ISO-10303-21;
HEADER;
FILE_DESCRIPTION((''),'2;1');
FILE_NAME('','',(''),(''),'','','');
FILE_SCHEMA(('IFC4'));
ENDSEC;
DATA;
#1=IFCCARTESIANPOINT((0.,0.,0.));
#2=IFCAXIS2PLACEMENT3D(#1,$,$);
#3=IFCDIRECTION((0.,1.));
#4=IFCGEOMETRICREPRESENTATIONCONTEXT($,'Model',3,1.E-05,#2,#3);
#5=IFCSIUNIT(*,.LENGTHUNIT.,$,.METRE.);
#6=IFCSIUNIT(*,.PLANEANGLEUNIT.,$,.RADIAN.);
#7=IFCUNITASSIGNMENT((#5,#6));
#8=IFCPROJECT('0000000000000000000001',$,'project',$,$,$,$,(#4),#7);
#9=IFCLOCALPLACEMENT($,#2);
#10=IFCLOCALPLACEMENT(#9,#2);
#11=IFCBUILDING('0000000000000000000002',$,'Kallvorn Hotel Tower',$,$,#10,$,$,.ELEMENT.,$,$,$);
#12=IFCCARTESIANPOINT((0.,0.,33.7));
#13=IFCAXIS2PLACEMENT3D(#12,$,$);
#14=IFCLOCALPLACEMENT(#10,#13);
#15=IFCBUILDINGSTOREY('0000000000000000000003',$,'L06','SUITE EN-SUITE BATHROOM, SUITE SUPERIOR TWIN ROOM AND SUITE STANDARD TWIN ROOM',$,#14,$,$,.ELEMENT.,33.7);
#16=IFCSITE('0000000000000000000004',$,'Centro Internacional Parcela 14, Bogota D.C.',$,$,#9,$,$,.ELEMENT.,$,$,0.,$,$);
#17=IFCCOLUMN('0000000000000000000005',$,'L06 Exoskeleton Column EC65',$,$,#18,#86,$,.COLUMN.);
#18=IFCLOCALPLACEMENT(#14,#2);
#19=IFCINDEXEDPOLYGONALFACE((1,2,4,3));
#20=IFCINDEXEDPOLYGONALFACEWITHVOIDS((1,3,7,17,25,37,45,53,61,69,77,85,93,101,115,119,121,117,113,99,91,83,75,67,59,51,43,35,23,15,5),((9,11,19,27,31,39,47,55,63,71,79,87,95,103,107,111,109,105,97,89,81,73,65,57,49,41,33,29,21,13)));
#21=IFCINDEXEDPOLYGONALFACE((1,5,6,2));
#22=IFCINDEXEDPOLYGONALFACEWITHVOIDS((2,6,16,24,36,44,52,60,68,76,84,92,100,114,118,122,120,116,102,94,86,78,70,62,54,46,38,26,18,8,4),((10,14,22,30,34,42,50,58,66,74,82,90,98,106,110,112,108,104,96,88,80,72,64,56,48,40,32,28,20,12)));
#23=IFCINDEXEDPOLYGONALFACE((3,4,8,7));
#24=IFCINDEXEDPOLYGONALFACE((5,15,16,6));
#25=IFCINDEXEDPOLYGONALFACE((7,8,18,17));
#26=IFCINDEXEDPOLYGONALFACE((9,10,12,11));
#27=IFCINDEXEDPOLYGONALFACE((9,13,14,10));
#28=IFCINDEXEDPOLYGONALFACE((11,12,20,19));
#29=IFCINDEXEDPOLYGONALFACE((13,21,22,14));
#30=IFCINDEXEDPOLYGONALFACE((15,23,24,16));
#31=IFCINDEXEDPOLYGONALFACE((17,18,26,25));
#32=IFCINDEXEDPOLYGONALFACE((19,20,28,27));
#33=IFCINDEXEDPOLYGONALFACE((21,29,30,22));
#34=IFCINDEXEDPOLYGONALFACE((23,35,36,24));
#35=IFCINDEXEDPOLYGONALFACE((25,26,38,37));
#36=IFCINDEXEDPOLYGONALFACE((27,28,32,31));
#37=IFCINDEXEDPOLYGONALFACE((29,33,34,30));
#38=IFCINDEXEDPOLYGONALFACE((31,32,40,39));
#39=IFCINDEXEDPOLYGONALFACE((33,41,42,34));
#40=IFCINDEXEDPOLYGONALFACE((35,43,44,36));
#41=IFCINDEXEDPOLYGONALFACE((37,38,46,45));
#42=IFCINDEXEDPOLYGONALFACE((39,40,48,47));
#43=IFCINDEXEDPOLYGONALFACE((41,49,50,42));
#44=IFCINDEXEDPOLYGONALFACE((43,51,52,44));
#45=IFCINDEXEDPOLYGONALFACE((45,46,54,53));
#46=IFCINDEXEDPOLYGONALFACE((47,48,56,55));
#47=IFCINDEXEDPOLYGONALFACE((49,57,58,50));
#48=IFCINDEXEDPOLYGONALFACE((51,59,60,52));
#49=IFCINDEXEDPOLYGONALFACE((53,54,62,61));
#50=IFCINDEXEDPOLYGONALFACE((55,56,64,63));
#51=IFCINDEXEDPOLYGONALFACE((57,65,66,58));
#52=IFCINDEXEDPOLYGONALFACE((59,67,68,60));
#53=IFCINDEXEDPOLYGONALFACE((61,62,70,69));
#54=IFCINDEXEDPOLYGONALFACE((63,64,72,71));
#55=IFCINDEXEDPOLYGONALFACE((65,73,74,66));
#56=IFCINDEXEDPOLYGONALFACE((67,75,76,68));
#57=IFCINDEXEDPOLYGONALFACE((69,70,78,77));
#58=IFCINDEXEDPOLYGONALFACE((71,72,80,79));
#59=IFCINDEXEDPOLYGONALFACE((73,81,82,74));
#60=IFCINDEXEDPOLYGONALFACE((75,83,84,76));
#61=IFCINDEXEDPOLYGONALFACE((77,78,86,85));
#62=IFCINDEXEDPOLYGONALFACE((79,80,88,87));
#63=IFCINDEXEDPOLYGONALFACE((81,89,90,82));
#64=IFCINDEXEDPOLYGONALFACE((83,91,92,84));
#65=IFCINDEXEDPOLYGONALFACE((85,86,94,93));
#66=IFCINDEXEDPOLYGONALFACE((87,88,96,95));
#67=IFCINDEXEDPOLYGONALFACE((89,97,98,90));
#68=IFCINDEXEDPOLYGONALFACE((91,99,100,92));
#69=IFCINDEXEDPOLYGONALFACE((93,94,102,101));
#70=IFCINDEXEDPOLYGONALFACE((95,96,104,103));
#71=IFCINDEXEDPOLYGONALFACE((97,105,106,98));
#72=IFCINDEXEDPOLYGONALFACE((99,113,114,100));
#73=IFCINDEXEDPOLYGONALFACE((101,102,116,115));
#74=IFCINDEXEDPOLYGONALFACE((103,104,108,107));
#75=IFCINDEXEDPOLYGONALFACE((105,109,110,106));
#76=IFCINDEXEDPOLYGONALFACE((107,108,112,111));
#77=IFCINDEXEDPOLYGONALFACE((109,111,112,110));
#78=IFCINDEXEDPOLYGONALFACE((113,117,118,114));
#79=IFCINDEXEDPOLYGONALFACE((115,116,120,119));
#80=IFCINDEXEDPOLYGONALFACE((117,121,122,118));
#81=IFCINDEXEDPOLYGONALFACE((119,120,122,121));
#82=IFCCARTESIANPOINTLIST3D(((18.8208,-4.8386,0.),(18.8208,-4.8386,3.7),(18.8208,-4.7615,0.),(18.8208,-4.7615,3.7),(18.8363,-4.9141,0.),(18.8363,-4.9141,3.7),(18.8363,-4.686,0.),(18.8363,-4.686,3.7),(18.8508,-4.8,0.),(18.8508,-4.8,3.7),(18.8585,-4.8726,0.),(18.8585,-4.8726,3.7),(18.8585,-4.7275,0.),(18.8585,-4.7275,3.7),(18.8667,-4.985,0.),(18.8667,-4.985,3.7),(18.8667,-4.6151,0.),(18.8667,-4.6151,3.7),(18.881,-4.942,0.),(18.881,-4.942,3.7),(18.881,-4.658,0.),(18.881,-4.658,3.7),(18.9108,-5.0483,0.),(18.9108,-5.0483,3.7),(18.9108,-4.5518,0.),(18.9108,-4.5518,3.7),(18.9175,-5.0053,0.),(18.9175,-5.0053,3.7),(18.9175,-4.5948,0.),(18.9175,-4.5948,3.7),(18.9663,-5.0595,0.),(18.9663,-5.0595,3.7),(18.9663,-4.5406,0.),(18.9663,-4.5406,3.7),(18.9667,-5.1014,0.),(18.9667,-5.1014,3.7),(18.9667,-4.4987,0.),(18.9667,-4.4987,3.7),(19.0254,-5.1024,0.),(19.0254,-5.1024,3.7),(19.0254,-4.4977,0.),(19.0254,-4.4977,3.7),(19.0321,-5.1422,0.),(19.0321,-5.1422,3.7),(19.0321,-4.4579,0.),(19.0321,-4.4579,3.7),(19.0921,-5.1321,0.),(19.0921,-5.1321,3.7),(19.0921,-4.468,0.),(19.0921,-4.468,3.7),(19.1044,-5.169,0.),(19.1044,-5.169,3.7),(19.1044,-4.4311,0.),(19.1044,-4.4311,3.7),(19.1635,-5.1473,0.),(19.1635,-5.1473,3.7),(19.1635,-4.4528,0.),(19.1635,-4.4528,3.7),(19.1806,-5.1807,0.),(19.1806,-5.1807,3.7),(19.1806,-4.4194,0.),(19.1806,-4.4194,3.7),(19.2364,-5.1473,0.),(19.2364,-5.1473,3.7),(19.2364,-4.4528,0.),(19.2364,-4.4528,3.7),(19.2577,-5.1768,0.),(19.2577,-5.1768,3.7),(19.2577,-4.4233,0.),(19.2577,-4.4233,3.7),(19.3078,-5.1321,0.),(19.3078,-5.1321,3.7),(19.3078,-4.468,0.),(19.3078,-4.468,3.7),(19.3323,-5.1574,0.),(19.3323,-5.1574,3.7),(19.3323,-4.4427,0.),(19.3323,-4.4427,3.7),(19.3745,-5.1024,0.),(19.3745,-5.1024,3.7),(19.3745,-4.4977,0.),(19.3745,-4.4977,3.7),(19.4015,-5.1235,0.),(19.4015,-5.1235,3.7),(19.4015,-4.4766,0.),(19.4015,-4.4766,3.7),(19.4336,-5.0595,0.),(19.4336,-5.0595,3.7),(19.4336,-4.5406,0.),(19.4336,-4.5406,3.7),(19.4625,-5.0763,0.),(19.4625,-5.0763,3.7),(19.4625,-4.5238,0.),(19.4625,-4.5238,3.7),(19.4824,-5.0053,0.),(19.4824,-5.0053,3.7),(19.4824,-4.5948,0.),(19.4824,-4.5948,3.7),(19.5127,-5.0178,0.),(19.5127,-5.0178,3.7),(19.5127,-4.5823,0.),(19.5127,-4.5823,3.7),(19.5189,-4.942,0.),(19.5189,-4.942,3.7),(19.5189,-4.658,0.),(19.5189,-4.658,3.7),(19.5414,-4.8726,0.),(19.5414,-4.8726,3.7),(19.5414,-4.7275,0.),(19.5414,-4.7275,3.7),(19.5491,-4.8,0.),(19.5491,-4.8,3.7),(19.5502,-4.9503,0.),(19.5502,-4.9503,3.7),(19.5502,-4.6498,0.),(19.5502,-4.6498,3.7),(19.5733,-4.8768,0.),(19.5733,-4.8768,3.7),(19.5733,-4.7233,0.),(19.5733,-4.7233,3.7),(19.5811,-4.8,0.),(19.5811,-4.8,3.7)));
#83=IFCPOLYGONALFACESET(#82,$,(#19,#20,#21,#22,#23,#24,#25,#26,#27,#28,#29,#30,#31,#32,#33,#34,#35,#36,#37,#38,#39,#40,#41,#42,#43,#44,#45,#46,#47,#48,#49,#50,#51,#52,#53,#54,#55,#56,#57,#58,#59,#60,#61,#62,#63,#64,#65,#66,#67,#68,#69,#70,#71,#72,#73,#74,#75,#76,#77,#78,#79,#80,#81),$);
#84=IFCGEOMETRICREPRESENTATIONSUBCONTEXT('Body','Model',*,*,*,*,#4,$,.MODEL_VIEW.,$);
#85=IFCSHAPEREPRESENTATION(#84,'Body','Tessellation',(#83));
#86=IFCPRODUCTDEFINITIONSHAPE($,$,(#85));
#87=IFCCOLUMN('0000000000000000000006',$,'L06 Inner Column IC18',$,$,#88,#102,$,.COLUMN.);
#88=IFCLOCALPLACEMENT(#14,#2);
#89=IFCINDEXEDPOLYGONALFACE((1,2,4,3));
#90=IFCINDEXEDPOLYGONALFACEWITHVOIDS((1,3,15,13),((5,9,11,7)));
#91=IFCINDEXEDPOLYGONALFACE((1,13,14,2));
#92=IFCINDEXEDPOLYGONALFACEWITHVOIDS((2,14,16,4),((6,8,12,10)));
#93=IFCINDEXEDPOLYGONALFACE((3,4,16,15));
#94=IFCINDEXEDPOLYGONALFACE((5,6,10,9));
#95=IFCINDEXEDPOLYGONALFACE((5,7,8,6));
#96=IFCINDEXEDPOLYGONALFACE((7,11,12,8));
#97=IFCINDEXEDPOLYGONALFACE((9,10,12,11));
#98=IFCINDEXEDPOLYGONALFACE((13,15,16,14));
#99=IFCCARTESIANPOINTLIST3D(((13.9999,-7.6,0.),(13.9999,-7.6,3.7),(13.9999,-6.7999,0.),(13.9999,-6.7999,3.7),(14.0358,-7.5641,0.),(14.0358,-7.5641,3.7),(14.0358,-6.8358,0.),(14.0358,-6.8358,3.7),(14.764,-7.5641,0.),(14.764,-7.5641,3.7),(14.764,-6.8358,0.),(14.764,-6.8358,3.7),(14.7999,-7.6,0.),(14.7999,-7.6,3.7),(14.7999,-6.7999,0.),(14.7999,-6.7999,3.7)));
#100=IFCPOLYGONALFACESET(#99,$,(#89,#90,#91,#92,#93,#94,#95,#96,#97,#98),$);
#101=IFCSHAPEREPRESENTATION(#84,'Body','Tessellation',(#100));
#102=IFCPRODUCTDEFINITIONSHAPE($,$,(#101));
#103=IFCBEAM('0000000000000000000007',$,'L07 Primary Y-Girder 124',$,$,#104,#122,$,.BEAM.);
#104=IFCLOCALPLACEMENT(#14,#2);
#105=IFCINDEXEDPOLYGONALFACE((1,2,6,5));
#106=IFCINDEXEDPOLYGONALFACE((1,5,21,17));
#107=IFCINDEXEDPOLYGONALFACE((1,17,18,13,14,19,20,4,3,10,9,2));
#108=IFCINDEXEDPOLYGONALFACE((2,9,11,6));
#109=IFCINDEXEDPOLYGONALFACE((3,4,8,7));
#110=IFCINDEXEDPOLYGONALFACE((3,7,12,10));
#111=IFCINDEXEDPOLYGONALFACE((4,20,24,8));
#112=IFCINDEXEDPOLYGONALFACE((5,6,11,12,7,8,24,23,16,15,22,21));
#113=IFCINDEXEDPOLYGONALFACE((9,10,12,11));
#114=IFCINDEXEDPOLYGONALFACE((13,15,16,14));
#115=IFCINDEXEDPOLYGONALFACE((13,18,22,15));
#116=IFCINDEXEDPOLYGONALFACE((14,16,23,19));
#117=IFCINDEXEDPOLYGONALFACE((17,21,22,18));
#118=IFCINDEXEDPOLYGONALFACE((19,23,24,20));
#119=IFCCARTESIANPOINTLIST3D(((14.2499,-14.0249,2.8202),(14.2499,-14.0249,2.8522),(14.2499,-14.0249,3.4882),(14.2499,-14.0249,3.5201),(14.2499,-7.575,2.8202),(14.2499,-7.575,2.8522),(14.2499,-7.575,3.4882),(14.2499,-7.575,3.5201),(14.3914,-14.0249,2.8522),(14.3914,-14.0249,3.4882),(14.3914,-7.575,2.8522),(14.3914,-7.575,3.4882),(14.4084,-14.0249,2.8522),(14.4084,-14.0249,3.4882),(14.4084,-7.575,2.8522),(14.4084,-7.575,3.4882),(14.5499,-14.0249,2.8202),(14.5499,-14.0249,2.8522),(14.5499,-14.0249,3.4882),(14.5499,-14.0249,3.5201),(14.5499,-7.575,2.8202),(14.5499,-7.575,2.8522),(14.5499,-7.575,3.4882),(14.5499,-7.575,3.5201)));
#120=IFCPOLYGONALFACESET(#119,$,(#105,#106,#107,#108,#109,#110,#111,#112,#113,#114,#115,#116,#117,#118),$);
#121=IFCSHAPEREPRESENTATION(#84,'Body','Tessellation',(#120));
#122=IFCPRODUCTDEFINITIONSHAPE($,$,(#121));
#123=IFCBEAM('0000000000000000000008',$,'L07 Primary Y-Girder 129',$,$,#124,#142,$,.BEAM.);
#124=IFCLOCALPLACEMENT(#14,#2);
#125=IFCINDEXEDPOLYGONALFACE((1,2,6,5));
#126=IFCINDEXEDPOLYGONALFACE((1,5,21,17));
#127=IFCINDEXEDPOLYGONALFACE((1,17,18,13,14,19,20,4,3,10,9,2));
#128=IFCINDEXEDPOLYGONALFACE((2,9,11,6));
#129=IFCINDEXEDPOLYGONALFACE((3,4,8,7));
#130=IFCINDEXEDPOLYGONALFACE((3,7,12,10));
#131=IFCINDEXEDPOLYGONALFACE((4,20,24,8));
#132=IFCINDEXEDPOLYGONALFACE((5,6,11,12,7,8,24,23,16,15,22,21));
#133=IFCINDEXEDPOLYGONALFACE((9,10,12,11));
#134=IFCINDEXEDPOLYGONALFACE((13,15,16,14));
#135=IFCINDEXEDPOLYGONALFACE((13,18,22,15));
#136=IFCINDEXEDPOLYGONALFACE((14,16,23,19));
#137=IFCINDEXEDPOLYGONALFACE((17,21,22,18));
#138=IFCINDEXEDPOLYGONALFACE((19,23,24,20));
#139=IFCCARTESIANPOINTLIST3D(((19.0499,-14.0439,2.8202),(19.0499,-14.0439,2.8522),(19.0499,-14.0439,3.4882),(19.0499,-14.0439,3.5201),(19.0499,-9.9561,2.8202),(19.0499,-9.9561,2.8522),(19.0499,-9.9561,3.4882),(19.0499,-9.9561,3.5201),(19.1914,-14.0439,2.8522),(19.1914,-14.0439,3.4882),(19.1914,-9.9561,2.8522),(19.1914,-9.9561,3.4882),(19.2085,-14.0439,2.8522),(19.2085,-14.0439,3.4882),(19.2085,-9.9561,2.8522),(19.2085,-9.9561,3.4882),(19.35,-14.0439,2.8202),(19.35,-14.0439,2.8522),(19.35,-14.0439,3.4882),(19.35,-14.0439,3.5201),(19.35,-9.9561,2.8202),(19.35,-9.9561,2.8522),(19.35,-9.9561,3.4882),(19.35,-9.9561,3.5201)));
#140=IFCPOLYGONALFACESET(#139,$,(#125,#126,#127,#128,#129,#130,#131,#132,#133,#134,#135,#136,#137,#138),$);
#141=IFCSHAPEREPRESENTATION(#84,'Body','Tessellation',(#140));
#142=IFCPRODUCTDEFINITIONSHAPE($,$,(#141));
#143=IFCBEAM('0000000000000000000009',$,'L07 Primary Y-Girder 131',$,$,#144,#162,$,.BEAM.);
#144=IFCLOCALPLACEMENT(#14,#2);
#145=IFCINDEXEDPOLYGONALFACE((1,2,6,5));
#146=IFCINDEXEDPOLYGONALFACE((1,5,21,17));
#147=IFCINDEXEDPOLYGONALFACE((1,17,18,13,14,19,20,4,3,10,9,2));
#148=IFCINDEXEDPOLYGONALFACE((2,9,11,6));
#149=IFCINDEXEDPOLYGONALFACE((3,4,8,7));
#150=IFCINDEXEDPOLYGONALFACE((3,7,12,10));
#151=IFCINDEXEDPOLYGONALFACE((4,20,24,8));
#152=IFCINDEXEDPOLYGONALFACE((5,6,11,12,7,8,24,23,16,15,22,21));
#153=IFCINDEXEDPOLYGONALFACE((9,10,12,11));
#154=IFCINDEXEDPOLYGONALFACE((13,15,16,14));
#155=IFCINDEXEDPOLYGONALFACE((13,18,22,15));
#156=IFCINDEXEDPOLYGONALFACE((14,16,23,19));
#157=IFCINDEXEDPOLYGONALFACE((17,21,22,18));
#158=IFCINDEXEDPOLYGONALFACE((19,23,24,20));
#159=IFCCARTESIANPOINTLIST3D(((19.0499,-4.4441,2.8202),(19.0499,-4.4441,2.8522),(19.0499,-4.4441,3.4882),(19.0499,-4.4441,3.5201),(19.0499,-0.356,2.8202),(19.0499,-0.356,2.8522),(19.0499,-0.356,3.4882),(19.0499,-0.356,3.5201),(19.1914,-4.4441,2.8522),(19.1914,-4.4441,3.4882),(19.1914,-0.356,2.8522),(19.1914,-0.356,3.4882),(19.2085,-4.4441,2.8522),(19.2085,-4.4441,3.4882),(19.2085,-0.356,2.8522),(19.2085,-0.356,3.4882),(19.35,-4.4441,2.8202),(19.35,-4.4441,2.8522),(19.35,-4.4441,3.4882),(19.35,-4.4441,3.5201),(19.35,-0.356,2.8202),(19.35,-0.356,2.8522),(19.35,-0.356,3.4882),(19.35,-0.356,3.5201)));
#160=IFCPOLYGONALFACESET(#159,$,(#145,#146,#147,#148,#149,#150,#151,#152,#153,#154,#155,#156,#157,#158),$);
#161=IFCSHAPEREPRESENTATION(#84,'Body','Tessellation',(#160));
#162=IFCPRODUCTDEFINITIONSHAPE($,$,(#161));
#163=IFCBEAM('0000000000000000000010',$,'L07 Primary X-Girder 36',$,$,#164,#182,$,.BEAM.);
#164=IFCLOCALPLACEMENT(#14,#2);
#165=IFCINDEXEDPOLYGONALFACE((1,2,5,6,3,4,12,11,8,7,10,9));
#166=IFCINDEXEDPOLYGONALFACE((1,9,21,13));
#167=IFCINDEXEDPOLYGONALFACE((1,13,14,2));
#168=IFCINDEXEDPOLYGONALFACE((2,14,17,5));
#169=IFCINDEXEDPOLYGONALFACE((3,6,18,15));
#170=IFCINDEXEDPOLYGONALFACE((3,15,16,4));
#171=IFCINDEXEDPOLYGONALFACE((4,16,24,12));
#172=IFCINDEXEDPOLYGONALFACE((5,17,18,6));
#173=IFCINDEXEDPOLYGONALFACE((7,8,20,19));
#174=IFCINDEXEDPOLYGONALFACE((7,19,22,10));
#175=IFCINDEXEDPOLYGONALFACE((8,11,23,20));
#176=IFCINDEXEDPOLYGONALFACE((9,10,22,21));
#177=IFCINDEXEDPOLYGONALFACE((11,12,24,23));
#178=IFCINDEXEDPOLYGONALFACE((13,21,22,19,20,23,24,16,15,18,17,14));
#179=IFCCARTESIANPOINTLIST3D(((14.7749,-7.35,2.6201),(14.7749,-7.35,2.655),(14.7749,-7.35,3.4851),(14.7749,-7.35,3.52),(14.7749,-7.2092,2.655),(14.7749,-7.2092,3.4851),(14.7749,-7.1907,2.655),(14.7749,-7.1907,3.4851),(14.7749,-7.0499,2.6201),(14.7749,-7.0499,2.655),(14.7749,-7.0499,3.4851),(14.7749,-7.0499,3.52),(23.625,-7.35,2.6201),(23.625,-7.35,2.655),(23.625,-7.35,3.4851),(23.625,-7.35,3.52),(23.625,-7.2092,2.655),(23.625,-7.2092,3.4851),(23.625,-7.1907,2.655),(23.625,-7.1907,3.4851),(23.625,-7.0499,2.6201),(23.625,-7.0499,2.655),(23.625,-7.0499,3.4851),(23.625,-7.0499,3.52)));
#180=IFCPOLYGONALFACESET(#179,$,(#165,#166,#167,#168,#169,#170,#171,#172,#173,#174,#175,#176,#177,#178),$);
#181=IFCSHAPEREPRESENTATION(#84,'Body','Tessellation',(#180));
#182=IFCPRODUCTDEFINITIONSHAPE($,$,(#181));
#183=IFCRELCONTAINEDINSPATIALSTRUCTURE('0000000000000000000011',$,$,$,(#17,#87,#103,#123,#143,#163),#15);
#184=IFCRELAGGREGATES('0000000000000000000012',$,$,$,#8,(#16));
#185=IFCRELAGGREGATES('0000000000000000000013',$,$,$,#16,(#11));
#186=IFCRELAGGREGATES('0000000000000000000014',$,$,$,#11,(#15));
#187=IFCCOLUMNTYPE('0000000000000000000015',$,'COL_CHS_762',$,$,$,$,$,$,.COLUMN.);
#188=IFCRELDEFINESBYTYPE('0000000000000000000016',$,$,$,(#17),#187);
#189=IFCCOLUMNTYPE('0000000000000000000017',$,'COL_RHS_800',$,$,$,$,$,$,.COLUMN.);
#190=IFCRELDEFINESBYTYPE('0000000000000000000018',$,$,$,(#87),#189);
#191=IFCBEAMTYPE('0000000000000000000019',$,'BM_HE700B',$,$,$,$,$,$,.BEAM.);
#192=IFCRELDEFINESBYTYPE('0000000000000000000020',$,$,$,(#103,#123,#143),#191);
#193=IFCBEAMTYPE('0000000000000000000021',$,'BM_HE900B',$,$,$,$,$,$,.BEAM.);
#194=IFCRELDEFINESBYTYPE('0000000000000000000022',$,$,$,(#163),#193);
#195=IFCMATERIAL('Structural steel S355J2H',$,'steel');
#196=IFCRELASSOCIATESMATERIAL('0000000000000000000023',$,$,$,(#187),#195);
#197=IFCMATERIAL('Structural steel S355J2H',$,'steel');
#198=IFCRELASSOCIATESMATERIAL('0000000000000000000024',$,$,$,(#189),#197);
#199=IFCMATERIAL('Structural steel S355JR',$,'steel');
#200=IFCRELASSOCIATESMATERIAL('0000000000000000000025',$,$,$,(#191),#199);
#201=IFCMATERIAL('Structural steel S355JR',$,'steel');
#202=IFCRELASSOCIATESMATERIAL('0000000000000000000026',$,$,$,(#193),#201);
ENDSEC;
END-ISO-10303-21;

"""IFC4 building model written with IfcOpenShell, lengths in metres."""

from ifc_helpers import new_model, si_unit, direction, frame, origin, origin_2d, place, context, subcontext, project, spatial, hollow_rectangle, hollow_circle, i_section, extrude, material, material_profile, profile_set, type_object, element, save


model = new_model("IFC4")

# Units and contexts
model_context = context("Model", 3, precision=1e-05, world=origin(), true_north=direction((0.0, 1.0)))
body_context = subcontext(model_context, "Body", "Model", "MODEL_VIEW")
ifc_project = project(units=[si_unit("LENGTHUNIT", "METRE"), si_unit("PLANEANGLEUNIT", "RADIAN")], contexts=[model_context])

# Site, building, storey
site_placement = place(None, origin())
site = spatial("IfcSite", under=ifc_project, at=site_placement, Name="Centro Internacional Parcela 14, Bogota D.C.", CompositionType="ELEMENT", RefElevation=0.0)
building_placement = place(site_placement, origin())
building = spatial("IfcBuilding", under=site, at=building_placement, Name="Kallvorn Hotel Tower", CompositionType="ELEMENT")
storey_placement = place(building_placement, frame((0.0, 0.0, 33.7)))
storey = spatial("IfcBuildingStorey", under=building, at=storey_placement, Name="L06", Description="SUITE EN-SUITE BATHROOM, SUITE SUPERIOR TWIN ROOM AND SUITE STANDARD TWIN ROOM", CompositionType="ELEMENT", Elevation=33.7)

# Columns
ifc_material_1 = material(Name="Structural steel S355J2H", Category="steel")
ifc_material_profile_1 = material_profile(ifc_material_1, hollow_circle(Radius=0.3811, WallThickness=0.032, at=origin_2d()), Name="CHS 762x32")
ifc_profile_set_1 = profile_set([ifc_material_profile_1], Name="Structural steel S355J2H")
column_type_1 = type_object("IfcColumnType", Name="COL_CHS_762", PredefinedType="COLUMN", material=ifc_profile_set_1)
for number, where, z_axis, x_axis, name in (
    (1, (19.2, -4.8, 0.0), (0.0, 0.0, 1.0), (1.0, 0.0, 0.0), "L06 Exoskeleton Column EC65"),
):
    element("IfcColumn", number, at=place(storey_placement, frame(where, z_axis=z_axis, x_axis=x_axis)), inside=storey, type_object=column_type_1, Name=name, PredefinedType="COLUMN", context=body_context, shape_type="SweptSolid", body=[
        extrude(hollow_circle(Radius=0.3811, WallThickness=0.032, at=origin_2d()), origin(), (0.0, 0.0, 1.0), 3.7),
    ])
ifc_material_2 = material(Name="Structural steel S355J2H", Category="steel")
ifc_material_profile_2 = material_profile(ifc_material_2, hollow_rectangle(XDim=0.8, YDim=0.8, WallThickness=0.0359, at=origin_2d()), Name="RHS 800x800x36")
ifc_profile_set_2 = profile_set([ifc_material_profile_2], Name="Structural steel S355J2H")
column_type_2 = type_object("IfcColumnType", Name="COL_RHS_800", PredefinedType="COLUMN", material=ifc_profile_set_2)
column_placement = place(storey_placement, frame((14.3999, -7.2, 0.0), z_axis=(0.0, 0.0, 1.0), x_axis=(1.0, 0.0, 0.0)))
element("IfcColumn", 2, at=column_placement, inside=storey, type_object=column_type_2, Name="L06 Inner Column IC18", PredefinedType="COLUMN", context=body_context, shape_type="SweptSolid", body=[
    extrude(hollow_rectangle(XDim=0.8, YDim=0.8, WallThickness=0.0359, at=origin_2d()), origin(), (0.0, 0.0, 1.0), 3.7),
])

# Beams
ifc_material_3 = material(Name="Structural steel S355JR", Category="steel")
ifc_material_profile_3 = material_profile(ifc_material_3, i_section(OverallWidth=0.3, OverallDepth=0.7, WebThickness=0.0171, FlangeThickness=0.032, at=origin_2d()), Name="HE 700 B")
ifc_profile_set_3 = profile_set([ifc_material_profile_3], Name="Structural steel S355JR")
beam_type_1 = type_object("IfcBeamType", Name="BM_HE700B", PredefinedType="BEAM", material=ifc_profile_set_3)
beam_1_placement = place(storey_placement, frame((14.3999, -14.0249, 3.1702), z_axis=(0.0, 1.0, 0.0), x_axis=(-1.0, 0.0, 0.0)))
element("IfcBeam", 3, at=beam_1_placement, inside=storey, type_object=beam_type_1, Name="L07 Primary Y-Girder 124", PredefinedType="BEAM", context=body_context, shape_type="SweptSolid", body=[
    extrude(i_section(OverallWidth=0.3, OverallDepth=0.7, WebThickness=0.0171, FlangeThickness=0.032, at=origin_2d()), origin(), (0.0, 0.0, 1.0), 6.45),
])
beam_2_placement = place(storey_placement, frame((19.2, -14.0439, 3.1702), z_axis=(0.0, 1.0, 0.0), x_axis=(-1.0, 0.0, 0.0)))
element("IfcBeam", 4, at=beam_2_placement, inside=storey, type_object=beam_type_1, Name="L07 Primary Y-Girder 129", PredefinedType="BEAM", context=body_context, shape_type="SweptSolid", body=[
    extrude(i_section(OverallWidth=0.3, OverallDepth=0.7, WebThickness=0.0171, FlangeThickness=0.032, at=origin_2d()), origin(), (0.0, 0.0, 1.0), 4.0879),
])
beam_3_placement = place(storey_placement, frame((19.2, -4.4441, 3.1702), z_axis=(0.0, 1.0, 0.0), x_axis=(-1.0, 0.0, 0.0)))
element("IfcBeam", 5, at=beam_3_placement, inside=storey, type_object=beam_type_1, Name="L07 Primary Y-Girder 131", PredefinedType="BEAM", context=body_context, shape_type="SweptSolid", body=[
    extrude(i_section(OverallWidth=0.3, OverallDepth=0.7, WebThickness=0.0171, FlangeThickness=0.032, at=origin_2d()), origin(), (0.0, 0.0, 1.0), 4.0881),
])
ifc_material_4 = material(Name="Structural steel S355JR", Category="steel")
ifc_material_profile_4 = material_profile(ifc_material_4, i_section(OverallWidth=0.3, OverallDepth=0.8999, WebThickness=0.0186, FlangeThickness=0.0349, at=origin_2d()), Name="HE 900 B")
ifc_profile_set_4 = profile_set([ifc_material_profile_4], Name="Structural steel S355JR")
beam_type_2 = type_object("IfcBeamType", Name="BM_HE900B", PredefinedType="BEAM", material=ifc_profile_set_4)
beam_4_placement = place(storey_placement, frame((14.7749, -7.2, 3.0701), z_axis=(1.0, 0.0, 0.0), x_axis=(0.0, 1.0, 0.0)))
element("IfcBeam", 6, at=beam_4_placement, inside=storey, type_object=beam_type_2, Name="L07 Primary X-Girder 36", PredefinedType="BEAM", context=body_context, shape_type="SweptSolid", body=[
    extrude(i_section(OverallWidth=0.3, OverallDepth=0.8999, WebThickness=0.0186, FlangeThickness=0.0349, at=origin_2d()), origin(), (0.0, 0.0, 1.0), 8.8501),
])

save(model, "model.ifc")
